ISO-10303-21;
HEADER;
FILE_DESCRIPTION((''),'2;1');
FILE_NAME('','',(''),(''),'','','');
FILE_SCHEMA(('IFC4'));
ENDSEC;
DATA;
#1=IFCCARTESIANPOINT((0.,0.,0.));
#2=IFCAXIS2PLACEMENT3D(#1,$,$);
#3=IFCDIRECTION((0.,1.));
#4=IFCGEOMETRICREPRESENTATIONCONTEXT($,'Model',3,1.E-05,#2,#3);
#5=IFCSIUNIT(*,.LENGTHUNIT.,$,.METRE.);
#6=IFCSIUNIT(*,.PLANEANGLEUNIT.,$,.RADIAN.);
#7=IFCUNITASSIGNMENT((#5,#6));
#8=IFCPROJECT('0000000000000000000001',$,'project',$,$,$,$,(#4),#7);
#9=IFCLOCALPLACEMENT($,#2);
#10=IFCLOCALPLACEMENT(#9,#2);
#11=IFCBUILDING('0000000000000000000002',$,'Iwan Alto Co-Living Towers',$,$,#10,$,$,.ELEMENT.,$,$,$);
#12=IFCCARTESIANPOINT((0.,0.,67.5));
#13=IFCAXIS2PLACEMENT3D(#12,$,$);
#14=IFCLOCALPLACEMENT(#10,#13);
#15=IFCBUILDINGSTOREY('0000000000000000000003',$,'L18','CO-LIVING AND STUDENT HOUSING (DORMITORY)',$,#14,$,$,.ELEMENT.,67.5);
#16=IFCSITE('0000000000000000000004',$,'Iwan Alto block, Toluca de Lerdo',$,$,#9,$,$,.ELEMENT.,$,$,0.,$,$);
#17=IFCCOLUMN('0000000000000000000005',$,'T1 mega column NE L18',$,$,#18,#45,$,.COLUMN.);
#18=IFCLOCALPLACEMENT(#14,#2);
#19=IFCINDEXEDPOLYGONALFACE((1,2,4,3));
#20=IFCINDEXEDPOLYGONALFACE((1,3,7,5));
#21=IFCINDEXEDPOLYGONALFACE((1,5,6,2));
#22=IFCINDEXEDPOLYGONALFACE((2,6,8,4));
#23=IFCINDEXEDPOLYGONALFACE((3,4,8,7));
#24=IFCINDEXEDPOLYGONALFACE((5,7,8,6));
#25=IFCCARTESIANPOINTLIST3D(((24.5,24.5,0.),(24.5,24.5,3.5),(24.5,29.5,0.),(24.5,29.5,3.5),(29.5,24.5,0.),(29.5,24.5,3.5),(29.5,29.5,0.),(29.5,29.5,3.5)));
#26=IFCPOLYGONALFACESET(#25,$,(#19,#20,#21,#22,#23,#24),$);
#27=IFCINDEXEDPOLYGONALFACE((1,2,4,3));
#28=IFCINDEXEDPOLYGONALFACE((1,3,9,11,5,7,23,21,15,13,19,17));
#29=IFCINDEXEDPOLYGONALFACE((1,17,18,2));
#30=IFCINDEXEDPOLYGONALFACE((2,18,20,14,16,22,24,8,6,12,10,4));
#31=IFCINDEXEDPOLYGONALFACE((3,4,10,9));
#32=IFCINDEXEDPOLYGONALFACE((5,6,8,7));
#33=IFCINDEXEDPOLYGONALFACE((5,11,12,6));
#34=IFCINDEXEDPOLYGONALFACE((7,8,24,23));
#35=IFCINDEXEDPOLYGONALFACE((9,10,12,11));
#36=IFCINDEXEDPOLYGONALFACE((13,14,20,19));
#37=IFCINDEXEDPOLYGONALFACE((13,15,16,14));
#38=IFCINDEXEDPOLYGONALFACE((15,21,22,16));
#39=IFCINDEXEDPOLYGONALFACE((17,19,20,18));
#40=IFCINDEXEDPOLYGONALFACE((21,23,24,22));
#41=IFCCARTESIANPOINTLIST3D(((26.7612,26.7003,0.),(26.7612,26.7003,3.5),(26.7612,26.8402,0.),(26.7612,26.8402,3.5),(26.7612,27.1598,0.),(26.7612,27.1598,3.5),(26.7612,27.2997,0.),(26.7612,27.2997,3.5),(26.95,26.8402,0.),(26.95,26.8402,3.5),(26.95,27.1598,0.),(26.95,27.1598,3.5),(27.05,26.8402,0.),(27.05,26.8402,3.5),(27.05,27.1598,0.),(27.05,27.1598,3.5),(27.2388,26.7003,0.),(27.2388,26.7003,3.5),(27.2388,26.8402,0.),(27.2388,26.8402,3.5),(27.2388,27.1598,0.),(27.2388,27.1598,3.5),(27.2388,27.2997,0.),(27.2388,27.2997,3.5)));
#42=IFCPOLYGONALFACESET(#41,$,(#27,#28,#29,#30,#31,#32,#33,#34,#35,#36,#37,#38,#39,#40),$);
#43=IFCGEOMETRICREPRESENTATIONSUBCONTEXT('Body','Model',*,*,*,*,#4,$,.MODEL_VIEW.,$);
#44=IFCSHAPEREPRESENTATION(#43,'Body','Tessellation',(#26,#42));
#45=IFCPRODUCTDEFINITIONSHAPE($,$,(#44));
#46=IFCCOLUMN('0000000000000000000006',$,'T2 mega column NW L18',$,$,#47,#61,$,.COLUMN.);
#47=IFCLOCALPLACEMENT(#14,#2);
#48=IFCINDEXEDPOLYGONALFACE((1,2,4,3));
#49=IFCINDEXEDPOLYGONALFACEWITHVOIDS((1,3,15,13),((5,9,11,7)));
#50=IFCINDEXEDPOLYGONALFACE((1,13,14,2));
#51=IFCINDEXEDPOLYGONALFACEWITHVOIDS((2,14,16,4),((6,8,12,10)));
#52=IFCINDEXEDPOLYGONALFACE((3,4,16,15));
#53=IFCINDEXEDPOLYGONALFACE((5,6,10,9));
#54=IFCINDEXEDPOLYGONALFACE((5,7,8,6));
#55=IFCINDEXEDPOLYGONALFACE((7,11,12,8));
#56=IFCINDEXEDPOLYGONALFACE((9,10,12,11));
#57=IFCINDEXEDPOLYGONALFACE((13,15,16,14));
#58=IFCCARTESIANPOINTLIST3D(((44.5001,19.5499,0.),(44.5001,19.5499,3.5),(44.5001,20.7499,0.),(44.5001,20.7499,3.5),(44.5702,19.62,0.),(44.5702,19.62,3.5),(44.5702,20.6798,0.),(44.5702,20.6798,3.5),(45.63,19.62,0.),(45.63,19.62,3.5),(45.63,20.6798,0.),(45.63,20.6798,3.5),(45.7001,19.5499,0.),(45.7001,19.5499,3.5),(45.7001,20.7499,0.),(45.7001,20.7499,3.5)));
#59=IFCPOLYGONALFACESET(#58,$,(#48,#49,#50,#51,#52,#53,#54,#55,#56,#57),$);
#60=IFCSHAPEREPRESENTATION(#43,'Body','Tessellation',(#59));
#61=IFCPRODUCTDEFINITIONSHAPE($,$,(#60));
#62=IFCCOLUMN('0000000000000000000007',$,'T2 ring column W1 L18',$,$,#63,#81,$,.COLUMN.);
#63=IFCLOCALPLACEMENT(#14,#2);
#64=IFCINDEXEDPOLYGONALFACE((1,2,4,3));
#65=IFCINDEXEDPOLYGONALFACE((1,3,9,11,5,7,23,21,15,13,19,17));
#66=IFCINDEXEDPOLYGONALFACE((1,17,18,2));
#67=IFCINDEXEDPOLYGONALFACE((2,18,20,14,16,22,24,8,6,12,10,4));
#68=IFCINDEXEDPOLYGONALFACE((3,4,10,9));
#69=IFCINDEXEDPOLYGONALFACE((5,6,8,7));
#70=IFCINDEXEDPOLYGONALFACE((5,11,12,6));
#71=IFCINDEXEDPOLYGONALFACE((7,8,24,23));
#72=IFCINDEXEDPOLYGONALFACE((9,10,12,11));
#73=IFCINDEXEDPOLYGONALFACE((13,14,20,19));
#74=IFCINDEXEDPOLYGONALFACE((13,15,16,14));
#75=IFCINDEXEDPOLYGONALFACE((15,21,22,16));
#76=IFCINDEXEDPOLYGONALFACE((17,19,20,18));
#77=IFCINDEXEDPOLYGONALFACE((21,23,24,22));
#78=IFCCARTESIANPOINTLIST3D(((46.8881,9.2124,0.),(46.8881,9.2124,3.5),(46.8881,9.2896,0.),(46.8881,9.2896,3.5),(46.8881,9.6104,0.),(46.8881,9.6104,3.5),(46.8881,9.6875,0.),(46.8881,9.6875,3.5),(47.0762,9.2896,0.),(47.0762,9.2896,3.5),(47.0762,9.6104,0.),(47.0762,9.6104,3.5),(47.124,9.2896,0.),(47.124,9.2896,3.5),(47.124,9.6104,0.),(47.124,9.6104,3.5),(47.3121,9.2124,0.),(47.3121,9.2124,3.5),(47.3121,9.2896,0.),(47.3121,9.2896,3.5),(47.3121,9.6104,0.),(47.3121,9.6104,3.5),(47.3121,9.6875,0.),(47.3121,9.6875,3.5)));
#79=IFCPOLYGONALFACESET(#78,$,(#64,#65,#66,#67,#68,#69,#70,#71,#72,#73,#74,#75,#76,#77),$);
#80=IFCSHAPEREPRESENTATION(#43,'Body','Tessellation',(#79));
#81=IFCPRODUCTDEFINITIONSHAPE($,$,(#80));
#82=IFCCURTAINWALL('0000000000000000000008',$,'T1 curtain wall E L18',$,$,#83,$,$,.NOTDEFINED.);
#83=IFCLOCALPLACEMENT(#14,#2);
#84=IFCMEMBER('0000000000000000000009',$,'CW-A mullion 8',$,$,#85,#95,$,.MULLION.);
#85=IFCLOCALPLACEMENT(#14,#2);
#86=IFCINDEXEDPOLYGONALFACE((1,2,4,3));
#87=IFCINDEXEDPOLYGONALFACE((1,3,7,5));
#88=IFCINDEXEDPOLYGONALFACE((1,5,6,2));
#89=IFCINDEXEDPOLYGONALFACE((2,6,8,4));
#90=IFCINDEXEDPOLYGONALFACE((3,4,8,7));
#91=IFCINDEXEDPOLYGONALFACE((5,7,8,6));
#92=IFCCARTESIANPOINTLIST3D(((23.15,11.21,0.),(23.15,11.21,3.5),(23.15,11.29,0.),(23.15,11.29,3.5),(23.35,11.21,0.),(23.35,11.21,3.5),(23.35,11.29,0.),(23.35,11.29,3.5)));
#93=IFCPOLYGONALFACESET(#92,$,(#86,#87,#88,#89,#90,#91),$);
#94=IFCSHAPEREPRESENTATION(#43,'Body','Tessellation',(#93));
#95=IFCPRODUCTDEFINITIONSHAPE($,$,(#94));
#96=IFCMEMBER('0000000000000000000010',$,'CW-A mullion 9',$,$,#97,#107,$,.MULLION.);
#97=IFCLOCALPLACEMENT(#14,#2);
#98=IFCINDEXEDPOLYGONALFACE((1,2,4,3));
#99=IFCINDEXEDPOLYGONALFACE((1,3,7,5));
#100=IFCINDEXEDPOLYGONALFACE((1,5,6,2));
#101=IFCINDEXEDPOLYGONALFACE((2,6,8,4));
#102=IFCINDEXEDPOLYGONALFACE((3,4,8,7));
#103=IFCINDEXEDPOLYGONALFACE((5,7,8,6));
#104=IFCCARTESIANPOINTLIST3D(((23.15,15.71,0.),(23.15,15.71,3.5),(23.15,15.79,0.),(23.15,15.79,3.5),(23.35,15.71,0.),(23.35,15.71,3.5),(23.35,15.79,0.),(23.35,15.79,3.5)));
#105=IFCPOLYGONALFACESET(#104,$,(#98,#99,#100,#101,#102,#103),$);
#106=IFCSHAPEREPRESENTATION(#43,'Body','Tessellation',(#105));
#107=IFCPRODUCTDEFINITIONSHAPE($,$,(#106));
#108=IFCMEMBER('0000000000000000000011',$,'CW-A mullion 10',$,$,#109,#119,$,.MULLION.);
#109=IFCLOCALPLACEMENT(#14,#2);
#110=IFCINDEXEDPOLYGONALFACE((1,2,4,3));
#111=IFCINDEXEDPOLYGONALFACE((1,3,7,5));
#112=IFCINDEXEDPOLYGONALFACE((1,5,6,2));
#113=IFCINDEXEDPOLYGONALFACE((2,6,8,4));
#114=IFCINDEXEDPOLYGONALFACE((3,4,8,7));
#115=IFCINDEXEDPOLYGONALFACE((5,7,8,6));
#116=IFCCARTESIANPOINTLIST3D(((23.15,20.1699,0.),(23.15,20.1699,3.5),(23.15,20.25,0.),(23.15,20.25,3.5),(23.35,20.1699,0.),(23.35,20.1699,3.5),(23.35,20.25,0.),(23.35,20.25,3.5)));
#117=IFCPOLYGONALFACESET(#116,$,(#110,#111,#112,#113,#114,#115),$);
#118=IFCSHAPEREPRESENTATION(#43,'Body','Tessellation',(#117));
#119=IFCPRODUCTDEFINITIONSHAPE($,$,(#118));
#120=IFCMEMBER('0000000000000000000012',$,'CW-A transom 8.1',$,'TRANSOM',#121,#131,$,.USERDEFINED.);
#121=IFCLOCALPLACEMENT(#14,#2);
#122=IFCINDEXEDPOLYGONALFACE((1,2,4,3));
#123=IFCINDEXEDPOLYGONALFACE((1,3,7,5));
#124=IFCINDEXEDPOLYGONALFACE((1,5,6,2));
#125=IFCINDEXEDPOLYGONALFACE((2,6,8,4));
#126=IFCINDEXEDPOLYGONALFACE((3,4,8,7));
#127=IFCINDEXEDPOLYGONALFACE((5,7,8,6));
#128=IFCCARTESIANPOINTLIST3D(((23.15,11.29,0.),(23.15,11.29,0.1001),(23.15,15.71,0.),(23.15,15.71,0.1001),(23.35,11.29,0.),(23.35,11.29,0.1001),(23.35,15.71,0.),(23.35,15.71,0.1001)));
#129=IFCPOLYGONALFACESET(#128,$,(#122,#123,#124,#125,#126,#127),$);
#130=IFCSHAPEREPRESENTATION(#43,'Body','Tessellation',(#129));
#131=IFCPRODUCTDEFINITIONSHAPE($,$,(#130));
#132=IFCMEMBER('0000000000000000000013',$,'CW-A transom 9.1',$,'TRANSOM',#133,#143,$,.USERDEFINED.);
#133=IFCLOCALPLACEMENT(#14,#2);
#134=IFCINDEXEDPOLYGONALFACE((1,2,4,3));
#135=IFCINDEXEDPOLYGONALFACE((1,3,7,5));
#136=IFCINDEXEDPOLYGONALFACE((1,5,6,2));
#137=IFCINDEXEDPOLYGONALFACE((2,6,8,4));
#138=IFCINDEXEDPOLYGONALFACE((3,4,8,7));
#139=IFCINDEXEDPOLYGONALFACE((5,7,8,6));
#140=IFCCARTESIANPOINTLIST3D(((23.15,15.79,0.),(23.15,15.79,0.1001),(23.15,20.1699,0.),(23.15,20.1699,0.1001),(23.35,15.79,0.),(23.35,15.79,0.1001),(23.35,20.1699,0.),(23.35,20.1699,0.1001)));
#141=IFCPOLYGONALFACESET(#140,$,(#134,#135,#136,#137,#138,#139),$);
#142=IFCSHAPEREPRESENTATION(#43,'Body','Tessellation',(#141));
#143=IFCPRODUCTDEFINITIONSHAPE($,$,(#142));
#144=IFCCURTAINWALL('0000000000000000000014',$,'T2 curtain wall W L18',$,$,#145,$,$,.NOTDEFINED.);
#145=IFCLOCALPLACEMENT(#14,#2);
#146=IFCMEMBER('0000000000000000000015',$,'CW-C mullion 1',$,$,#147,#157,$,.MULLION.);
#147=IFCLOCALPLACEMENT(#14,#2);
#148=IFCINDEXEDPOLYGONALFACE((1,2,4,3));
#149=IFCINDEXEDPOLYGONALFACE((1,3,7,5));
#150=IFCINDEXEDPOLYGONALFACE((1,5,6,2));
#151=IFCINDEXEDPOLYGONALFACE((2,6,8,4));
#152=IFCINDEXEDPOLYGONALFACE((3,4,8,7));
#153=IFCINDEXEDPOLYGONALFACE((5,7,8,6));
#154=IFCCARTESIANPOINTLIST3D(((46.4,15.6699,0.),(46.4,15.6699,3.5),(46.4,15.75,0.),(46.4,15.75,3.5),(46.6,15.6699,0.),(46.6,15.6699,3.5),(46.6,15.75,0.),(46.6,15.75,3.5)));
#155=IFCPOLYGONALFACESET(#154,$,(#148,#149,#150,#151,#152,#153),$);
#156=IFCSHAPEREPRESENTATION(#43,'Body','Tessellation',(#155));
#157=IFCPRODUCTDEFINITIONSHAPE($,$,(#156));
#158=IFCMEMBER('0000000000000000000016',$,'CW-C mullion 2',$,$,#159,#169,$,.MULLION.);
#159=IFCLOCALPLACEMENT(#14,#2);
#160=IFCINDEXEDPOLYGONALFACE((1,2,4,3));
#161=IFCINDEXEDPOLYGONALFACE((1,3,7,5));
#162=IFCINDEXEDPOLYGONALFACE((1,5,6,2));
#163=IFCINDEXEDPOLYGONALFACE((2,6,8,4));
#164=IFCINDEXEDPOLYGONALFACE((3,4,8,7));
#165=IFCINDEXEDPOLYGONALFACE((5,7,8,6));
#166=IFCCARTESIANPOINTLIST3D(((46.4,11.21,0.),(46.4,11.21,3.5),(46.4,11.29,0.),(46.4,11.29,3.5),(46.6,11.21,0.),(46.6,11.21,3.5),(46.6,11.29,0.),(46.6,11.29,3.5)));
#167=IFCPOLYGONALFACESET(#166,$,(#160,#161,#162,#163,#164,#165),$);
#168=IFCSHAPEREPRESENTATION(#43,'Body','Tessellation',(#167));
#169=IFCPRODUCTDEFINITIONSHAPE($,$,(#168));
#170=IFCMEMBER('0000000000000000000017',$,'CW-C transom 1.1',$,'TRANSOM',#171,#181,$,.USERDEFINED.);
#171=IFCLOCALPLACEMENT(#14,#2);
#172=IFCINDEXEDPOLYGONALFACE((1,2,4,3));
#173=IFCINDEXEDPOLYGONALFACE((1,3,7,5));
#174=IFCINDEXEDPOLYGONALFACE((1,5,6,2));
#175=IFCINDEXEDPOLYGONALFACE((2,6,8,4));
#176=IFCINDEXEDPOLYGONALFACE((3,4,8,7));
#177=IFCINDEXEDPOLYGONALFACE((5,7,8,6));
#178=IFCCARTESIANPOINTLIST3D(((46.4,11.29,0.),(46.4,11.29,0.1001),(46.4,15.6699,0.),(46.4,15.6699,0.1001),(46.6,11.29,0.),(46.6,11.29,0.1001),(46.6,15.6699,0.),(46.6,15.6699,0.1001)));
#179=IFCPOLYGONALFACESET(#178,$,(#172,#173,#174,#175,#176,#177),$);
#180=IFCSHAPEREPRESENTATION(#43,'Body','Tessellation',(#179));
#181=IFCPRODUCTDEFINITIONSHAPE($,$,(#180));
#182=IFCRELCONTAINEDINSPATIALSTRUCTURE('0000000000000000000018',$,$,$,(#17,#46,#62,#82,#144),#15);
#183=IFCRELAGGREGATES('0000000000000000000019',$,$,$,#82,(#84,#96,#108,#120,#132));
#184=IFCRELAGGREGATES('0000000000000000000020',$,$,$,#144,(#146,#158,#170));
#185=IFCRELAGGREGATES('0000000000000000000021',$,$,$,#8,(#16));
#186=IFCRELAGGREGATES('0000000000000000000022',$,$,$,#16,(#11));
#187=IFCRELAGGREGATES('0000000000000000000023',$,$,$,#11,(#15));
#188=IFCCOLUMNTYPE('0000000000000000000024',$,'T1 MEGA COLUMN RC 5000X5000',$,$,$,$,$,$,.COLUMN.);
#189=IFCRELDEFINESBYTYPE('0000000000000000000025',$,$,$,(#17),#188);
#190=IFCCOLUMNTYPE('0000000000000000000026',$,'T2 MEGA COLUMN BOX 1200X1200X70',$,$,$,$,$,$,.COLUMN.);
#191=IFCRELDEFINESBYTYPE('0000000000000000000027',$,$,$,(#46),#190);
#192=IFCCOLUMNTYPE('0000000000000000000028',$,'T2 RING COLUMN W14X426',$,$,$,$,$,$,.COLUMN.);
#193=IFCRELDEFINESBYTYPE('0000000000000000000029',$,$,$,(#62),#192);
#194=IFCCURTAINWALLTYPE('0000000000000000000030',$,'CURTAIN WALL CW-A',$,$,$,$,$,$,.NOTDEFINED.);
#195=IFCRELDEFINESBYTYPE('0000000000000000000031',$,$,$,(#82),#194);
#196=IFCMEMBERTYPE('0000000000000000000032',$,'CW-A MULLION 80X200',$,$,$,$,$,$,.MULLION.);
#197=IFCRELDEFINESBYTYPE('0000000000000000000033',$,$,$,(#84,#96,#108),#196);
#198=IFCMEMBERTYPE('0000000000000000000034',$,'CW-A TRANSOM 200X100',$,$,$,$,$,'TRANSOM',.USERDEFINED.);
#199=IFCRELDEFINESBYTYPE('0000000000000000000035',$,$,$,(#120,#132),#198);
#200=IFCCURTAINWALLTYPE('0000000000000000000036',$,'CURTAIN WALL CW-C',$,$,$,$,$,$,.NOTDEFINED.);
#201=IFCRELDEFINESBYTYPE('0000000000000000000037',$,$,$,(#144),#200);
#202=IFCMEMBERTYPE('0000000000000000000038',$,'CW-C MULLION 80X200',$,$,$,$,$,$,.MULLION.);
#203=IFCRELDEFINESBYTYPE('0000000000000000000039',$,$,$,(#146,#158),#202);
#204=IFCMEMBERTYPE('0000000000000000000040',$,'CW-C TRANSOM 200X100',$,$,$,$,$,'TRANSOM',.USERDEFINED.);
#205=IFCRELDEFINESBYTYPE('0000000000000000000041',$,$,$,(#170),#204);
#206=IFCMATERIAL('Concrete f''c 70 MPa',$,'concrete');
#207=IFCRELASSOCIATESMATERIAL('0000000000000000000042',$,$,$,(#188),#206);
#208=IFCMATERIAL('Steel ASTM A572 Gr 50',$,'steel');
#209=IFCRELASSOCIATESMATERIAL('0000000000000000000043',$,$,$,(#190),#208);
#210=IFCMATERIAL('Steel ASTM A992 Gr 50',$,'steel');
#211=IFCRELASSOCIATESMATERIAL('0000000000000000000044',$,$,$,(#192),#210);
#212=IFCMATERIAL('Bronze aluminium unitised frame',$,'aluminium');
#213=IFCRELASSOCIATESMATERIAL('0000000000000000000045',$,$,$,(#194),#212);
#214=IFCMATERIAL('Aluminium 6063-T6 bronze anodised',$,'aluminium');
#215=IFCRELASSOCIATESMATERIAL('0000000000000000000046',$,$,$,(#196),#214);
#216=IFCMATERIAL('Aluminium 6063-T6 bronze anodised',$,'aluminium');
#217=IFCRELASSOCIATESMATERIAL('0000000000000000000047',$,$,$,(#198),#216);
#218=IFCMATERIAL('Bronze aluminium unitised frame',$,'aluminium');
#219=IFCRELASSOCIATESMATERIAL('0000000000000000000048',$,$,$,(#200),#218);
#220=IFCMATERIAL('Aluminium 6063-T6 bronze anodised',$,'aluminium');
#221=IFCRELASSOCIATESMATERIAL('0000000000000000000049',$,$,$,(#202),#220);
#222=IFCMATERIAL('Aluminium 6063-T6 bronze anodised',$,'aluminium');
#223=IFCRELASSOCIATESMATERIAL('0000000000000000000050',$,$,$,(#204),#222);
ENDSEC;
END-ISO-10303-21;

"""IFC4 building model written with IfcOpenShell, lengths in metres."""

from ifc_helpers import new_model, si_unit, direction, frame, origin, origin_2d, place, context, subcontext, project, spatial, rectangle, hollow_rectangle, i_section, extrude, material, material_profile, profile_set, type_object, element, aggregate, save


model = new_model("IFC4")

# Units and contexts
model_context = context("Model", 3, precision=1e-05, world=origin(), true_north=direction((0.0, 1.0)))
body_context = subcontext(model_context, "Body", "Model", "MODEL_VIEW")
ifc_project = project(units=[si_unit("LENGTHUNIT", "METRE"), si_unit("PLANEANGLEUNIT", "RADIAN")], contexts=[model_context])

# Site, building, storey
site_placement = place(None, origin())
site = spatial("IfcSite", under=ifc_project, at=site_placement, Name="Iwan Alto block, Toluca de Lerdo", CompositionType="ELEMENT", RefElevation=0.0)
building_placement = place(site_placement, origin())
building = spatial("IfcBuilding", under=site, at=building_placement, Name="Iwan Alto Co-Living Towers", CompositionType="ELEMENT")
storey_placement = place(building_placement, frame((0.0, 0.0, 67.5)))
storey = spatial("IfcBuildingStorey", under=building, at=storey_placement, Name="L18", Description="CO-LIVING AND STUDENT HOUSING (DORMITORY)", CompositionType="ELEMENT", Elevation=67.5)

# Columns
ifc_material_1 = material(Name="Concrete f'c 70 MPa", Category="concrete")
ifc_material_profile_1 = material_profile(ifc_material_1, rectangle(XDim=5.0, YDim=5.0, at=origin_2d()), Name="RC 5000X5000")
ifc_profile_set_1 = profile_set([ifc_material_profile_1], Name="Concrete f'c 70 MPa")
column_type_1 = type_object("IfcColumnType", Name="T1 MEGA COLUMN RC 5000X5000", PredefinedType="COLUMN", material=ifc_profile_set_1)
column_1_placement = place(storey_placement, frame((27.0, 27.0, 0.0), z_axis=(0.0, 0.0, 1.0), x_axis=(1.0, 0.0, 0.0)))
element("IfcColumn", 1, at=column_1_placement, inside=storey, type_object=column_type_1, Name="T1 mega column NE L18", PredefinedType="COLUMN", context=body_context, shape_type="SweptSolid", body=[
    extrude(rectangle(XDim=5.0, YDim=5.0, at=origin_2d()), origin(), (0.0, 0.0, 1.0), 3.5),
    extrude(i_section(OverallWidth=0.4775, OverallDepth=0.5994, WebThickness=0.1001, FlangeThickness=0.1399, at=origin_2d()), origin(), (0.0, 0.0, 1.0), 3.5),
])
ifc_material_2 = material(Name="Steel ASTM A572 Gr 50", Category="steel")
ifc_material_profile_2 = material_profile(ifc_material_2, hollow_rectangle(XDim=1.2, YDim=1.2, WallThickness=0.0701, at=origin_2d()), Name="BOX 1200X1200X70")
ifc_profile_set_2 = profile_set([ifc_material_profile_2], Name="Steel ASTM A572 Gr 50")
column_type_2 = type_object("IfcColumnType", Name="T2 MEGA COLUMN BOX 1200X1200X70", PredefinedType="COLUMN", material=ifc_profile_set_2)
column_2_placement = place(storey_placement, frame((45.1001, 20.1499, 0.0), z_axis=(0.0, 0.0, 1.0), x_axis=(1.0, 0.0, 0.0)))
element("IfcColumn", 2, at=column_2_placement, inside=storey, type_object=column_type_2, Name="T2 mega column NW L18", PredefinedType="COLUMN", context=body_context, shape_type="SweptSolid", body=[
    extrude(hollow_rectangle(XDim=1.2, YDim=1.2, WallThickness=0.0701, at=origin_2d()), origin(), (0.0, 0.0, 1.0), 3.5),
])
ifc_material_3 = material(Name="Steel ASTM A992 Gr 50", Category="steel")
ifc_material_profile_3 = material_profile(ifc_material_3, i_section(OverallWidth=0.4241, OverallDepth=0.4751, WebThickness=0.0479, FlangeThickness=0.0771, at=origin_2d()), Name="W14X426")
ifc_profile_set_3 = profile_set([ifc_material_profile_3], Name="Steel ASTM A992 Gr 50")
column_type_3 = type_object("IfcColumnType", Name="T2 RING COLUMN W14X426", PredefinedType="COLUMN", material=ifc_profile_set_3)
column_3_placement = place(storey_placement, frame((47.1001, 9.45, 0.0), z_axis=(0.0, 0.0, 1.0), x_axis=(1.0, 0.0, 0.0)))
element("IfcColumn", 3, at=column_3_placement, inside=storey, type_object=column_type_3, Name="T2 ring column W1 L18", PredefinedType="COLUMN", context=body_context, shape_type="SweptSolid", body=[
    extrude(i_section(OverallWidth=0.4241, OverallDepth=0.4751, WebThickness=0.0479, FlangeThickness=0.0771, at=origin_2d()), origin(), (0.0, 0.0, 1.0), 3.5),
])

# Curtain walls, members
ifc_material_4 = material(Name="Bronze aluminium unitised frame", Category="aluminium")
curtain_wall_type_1 = type_object("IfcCurtainWallType", Name="CURTAIN WALL CW-A", PredefinedType="NOTDEFINED", material=ifc_material_4)
curtain_wall_1_placement = place(storey_placement, origin())
curtain_wall_1 = element("IfcCurtainWall", 4, at=curtain_wall_1_placement, inside=storey, type_object=curtain_wall_type_1, Name="T1 curtain wall E L18", PredefinedType="NOTDEFINED")
ifc_material_5 = material(Name="Aluminium 6063-T6 bronze anodised", Category="aluminium")
ifc_material_profile_4 = material_profile(ifc_material_5, rectangle(XDim=0.2, YDim=0.0801, at=origin_2d()), Name="AL 80X200")
ifc_profile_set_4 = profile_set([ifc_material_profile_4], Name="Aluminium 6063-T6 bronze anodised")
member_type_1 = type_object("IfcMemberType", Name="CW-A MULLION 80X200", PredefinedType="MULLION", material=ifc_profile_set_4)
member_1_placement = place(storey_placement, frame((23.25, 11.25, 0.0), z_axis=(0.0, 0.0, 1.0), x_axis=(-1.0, 0.0, 0.0)))
member_1 = element("IfcMember", 5, at=member_1_placement, type_object=member_type_1, Name="CW-A mullion 8", PredefinedType="MULLION", context=body_context, shape_type="SweptSolid", body=[
    extrude(rectangle(XDim=0.2, YDim=0.0801, at=origin_2d()), origin(), (0.0, 0.0, 1.0), 3.5),
])
member_2_placement = place(storey_placement, frame((23.25, 15.75, 0.0), z_axis=(0.0, 0.0, 1.0), x_axis=(-1.0, 0.0, 0.0)))
member_2 = element("IfcMember", 6, at=member_2_placement, type_object=member_type_1, Name="CW-A mullion 9", PredefinedType="MULLION", context=body_context, shape_type="SweptSolid", body=[
    extrude(rectangle(XDim=0.2, YDim=0.0801, at=origin_2d()), origin(), (0.0, 0.0, 1.0), 3.5),
])
member_3_placement = place(storey_placement, frame((23.25, 20.21, 0.0), z_axis=(0.0, 0.0, 1.0), x_axis=(-1.0, 0.0, 0.0)))
member_3 = element("IfcMember", 7, at=member_3_placement, type_object=member_type_1, Name="CW-A mullion 10", PredefinedType="MULLION", context=body_context, shape_type="SweptSolid", body=[
    extrude(rectangle(XDim=0.2, YDim=0.0801, at=origin_2d()), origin(), (0.0, 0.0, 1.0), 3.5),
])
ifc_material_6 = material(Name="Aluminium 6063-T6 bronze anodised", Category="aluminium")
ifc_material_profile_5 = material_profile(ifc_material_6, rectangle(XDim=0.2, YDim=0.1001, at=origin_2d()), Name="AL 200X100")
ifc_profile_set_5 = profile_set([ifc_material_profile_5], Name="Aluminium 6063-T6 bronze anodised")
member_type_2 = type_object("IfcMemberType", Name="CW-A TRANSOM 200X100", ElementType="TRANSOM", PredefinedType="USERDEFINED", material=ifc_profile_set_5)
member_4_placement = place(storey_placement, frame((23.25, 11.29, 0.05), z_axis=(0.0, 1.0, 0.0), x_axis=(-1.0, 0.0, 0.0)))
member_4 = element("IfcMember", 8, at=member_4_placement, type_object=member_type_2, Name="CW-A transom 8.1", ObjectType="TRANSOM", PredefinedType="USERDEFINED", context=body_context, shape_type="SweptSolid", body=[
    extrude(rectangle(XDim=0.2, YDim=0.1001, at=origin_2d()), origin(), (0.0, 0.0, 1.0), 4.4199),
])
member_5_placement = place(storey_placement, frame((23.25, 15.79, 0.05), z_axis=(0.0, 1.0, 0.0), x_axis=(-1.0, 0.0, 0.0)))
member_5 = element("IfcMember", 9, at=member_5_placement, type_object=member_type_2, Name="CW-A transom 9.1", ObjectType="TRANSOM", PredefinedType="USERDEFINED", context=body_context, shape_type="SweptSolid", body=[
    extrude(rectangle(XDim=0.2, YDim=0.1001, at=origin_2d()), origin(), (0.0, 0.0, 1.0), 4.3799),
])
ifc_material_7 = material(Name="Bronze aluminium unitised frame", Category="aluminium")
curtain_wall_type_2 = type_object("IfcCurtainWallType", Name="CURTAIN WALL CW-C", PredefinedType="NOTDEFINED", material=ifc_material_7)
curtain_wall_2_placement = place(storey_placement, origin())
curtain_wall_2 = element("IfcCurtainWall", 10, at=curtain_wall_2_placement, inside=storey, type_object=curtain_wall_type_2, Name="T2 curtain wall W L18", PredefinedType="NOTDEFINED")
ifc_material_8 = material(Name="Aluminium 6063-T6 bronze anodised", Category="aluminium")
ifc_material_profile_6 = material_profile(ifc_material_8, rectangle(XDim=0.2, YDim=0.0801, at=origin_2d()), Name="AL 80X200")
ifc_profile_set_6 = profile_set([ifc_material_profile_6], Name="Aluminium 6063-T6 bronze anodised")
member_type_3 = type_object("IfcMemberType", Name="CW-C MULLION 80X200", PredefinedType="MULLION", material=ifc_profile_set_6)
member_6_placement = place(storey_placement, frame((46.5, 15.71, 0.0), z_axis=(0.0, 0.0, 1.0), x_axis=(1.0, 0.0, 0.0)))
member_6 = element("IfcMember", 11, at=member_6_placement, type_object=member_type_3, Name="CW-C mullion 1", PredefinedType="MULLION", context=body_context, shape_type="SweptSolid", body=[
    extrude(rectangle(XDim=0.2, YDim=0.0801, at=origin_2d()), origin(), (0.0, 0.0, 1.0), 3.5),
])
member_7_placement = place(storey_placement, frame((46.5, 11.25, 0.0), z_axis=(0.0, 0.0, 1.0), x_axis=(1.0, 0.0, 0.0)))
member_7 = element("IfcMember", 12, at=member_7_placement, type_object=member_type_3, Name="CW-C mullion 2", PredefinedType="MULLION", context=body_context, shape_type="SweptSolid", body=[
    extrude(rectangle(XDim=0.2, YDim=0.0801, at=origin_2d()), origin(), (0.0, 0.0, 1.0), 3.5),
])
ifc_material_9 = material(Name="Aluminium 6063-T6 bronze anodised", Category="aluminium")
ifc_material_profile_7 = material_profile(ifc_material_9, rectangle(XDim=0.2, YDim=0.1001, at=origin_2d()), Name="AL 200X100")
ifc_profile_set_7 = profile_set([ifc_material_profile_7], Name="Aluminium 6063-T6 bronze anodised")
member_type_4 = type_object("IfcMemberType", Name="CW-C TRANSOM 200X100", ElementType="TRANSOM", PredefinedType="USERDEFINED", material=ifc_profile_set_7)
member_8_placement = place(storey_placement, frame((46.5, 15.6699, 0.05), z_axis=(0.0, -1.0, 0.0), x_axis=(1.0, 0.0, 0.0)))
member_8 = element("IfcMember", 13, at=member_8_placement, type_object=member_type_4, Name="CW-C transom 1.1", ObjectType="TRANSOM", PredefinedType="USERDEFINED", context=body_context, shape_type="SweptSolid", body=[
    extrude(rectangle(XDim=0.2, YDim=0.1001, at=origin_2d()), origin(), (0.0, 0.0, 1.0), 4.3799),
])

aggregate(curtain_wall_1, [member_1, member_2, member_3, member_4, member_5])
aggregate(curtain_wall_2, [member_6, member_7, member_8])

save(model, "model.ifc")
